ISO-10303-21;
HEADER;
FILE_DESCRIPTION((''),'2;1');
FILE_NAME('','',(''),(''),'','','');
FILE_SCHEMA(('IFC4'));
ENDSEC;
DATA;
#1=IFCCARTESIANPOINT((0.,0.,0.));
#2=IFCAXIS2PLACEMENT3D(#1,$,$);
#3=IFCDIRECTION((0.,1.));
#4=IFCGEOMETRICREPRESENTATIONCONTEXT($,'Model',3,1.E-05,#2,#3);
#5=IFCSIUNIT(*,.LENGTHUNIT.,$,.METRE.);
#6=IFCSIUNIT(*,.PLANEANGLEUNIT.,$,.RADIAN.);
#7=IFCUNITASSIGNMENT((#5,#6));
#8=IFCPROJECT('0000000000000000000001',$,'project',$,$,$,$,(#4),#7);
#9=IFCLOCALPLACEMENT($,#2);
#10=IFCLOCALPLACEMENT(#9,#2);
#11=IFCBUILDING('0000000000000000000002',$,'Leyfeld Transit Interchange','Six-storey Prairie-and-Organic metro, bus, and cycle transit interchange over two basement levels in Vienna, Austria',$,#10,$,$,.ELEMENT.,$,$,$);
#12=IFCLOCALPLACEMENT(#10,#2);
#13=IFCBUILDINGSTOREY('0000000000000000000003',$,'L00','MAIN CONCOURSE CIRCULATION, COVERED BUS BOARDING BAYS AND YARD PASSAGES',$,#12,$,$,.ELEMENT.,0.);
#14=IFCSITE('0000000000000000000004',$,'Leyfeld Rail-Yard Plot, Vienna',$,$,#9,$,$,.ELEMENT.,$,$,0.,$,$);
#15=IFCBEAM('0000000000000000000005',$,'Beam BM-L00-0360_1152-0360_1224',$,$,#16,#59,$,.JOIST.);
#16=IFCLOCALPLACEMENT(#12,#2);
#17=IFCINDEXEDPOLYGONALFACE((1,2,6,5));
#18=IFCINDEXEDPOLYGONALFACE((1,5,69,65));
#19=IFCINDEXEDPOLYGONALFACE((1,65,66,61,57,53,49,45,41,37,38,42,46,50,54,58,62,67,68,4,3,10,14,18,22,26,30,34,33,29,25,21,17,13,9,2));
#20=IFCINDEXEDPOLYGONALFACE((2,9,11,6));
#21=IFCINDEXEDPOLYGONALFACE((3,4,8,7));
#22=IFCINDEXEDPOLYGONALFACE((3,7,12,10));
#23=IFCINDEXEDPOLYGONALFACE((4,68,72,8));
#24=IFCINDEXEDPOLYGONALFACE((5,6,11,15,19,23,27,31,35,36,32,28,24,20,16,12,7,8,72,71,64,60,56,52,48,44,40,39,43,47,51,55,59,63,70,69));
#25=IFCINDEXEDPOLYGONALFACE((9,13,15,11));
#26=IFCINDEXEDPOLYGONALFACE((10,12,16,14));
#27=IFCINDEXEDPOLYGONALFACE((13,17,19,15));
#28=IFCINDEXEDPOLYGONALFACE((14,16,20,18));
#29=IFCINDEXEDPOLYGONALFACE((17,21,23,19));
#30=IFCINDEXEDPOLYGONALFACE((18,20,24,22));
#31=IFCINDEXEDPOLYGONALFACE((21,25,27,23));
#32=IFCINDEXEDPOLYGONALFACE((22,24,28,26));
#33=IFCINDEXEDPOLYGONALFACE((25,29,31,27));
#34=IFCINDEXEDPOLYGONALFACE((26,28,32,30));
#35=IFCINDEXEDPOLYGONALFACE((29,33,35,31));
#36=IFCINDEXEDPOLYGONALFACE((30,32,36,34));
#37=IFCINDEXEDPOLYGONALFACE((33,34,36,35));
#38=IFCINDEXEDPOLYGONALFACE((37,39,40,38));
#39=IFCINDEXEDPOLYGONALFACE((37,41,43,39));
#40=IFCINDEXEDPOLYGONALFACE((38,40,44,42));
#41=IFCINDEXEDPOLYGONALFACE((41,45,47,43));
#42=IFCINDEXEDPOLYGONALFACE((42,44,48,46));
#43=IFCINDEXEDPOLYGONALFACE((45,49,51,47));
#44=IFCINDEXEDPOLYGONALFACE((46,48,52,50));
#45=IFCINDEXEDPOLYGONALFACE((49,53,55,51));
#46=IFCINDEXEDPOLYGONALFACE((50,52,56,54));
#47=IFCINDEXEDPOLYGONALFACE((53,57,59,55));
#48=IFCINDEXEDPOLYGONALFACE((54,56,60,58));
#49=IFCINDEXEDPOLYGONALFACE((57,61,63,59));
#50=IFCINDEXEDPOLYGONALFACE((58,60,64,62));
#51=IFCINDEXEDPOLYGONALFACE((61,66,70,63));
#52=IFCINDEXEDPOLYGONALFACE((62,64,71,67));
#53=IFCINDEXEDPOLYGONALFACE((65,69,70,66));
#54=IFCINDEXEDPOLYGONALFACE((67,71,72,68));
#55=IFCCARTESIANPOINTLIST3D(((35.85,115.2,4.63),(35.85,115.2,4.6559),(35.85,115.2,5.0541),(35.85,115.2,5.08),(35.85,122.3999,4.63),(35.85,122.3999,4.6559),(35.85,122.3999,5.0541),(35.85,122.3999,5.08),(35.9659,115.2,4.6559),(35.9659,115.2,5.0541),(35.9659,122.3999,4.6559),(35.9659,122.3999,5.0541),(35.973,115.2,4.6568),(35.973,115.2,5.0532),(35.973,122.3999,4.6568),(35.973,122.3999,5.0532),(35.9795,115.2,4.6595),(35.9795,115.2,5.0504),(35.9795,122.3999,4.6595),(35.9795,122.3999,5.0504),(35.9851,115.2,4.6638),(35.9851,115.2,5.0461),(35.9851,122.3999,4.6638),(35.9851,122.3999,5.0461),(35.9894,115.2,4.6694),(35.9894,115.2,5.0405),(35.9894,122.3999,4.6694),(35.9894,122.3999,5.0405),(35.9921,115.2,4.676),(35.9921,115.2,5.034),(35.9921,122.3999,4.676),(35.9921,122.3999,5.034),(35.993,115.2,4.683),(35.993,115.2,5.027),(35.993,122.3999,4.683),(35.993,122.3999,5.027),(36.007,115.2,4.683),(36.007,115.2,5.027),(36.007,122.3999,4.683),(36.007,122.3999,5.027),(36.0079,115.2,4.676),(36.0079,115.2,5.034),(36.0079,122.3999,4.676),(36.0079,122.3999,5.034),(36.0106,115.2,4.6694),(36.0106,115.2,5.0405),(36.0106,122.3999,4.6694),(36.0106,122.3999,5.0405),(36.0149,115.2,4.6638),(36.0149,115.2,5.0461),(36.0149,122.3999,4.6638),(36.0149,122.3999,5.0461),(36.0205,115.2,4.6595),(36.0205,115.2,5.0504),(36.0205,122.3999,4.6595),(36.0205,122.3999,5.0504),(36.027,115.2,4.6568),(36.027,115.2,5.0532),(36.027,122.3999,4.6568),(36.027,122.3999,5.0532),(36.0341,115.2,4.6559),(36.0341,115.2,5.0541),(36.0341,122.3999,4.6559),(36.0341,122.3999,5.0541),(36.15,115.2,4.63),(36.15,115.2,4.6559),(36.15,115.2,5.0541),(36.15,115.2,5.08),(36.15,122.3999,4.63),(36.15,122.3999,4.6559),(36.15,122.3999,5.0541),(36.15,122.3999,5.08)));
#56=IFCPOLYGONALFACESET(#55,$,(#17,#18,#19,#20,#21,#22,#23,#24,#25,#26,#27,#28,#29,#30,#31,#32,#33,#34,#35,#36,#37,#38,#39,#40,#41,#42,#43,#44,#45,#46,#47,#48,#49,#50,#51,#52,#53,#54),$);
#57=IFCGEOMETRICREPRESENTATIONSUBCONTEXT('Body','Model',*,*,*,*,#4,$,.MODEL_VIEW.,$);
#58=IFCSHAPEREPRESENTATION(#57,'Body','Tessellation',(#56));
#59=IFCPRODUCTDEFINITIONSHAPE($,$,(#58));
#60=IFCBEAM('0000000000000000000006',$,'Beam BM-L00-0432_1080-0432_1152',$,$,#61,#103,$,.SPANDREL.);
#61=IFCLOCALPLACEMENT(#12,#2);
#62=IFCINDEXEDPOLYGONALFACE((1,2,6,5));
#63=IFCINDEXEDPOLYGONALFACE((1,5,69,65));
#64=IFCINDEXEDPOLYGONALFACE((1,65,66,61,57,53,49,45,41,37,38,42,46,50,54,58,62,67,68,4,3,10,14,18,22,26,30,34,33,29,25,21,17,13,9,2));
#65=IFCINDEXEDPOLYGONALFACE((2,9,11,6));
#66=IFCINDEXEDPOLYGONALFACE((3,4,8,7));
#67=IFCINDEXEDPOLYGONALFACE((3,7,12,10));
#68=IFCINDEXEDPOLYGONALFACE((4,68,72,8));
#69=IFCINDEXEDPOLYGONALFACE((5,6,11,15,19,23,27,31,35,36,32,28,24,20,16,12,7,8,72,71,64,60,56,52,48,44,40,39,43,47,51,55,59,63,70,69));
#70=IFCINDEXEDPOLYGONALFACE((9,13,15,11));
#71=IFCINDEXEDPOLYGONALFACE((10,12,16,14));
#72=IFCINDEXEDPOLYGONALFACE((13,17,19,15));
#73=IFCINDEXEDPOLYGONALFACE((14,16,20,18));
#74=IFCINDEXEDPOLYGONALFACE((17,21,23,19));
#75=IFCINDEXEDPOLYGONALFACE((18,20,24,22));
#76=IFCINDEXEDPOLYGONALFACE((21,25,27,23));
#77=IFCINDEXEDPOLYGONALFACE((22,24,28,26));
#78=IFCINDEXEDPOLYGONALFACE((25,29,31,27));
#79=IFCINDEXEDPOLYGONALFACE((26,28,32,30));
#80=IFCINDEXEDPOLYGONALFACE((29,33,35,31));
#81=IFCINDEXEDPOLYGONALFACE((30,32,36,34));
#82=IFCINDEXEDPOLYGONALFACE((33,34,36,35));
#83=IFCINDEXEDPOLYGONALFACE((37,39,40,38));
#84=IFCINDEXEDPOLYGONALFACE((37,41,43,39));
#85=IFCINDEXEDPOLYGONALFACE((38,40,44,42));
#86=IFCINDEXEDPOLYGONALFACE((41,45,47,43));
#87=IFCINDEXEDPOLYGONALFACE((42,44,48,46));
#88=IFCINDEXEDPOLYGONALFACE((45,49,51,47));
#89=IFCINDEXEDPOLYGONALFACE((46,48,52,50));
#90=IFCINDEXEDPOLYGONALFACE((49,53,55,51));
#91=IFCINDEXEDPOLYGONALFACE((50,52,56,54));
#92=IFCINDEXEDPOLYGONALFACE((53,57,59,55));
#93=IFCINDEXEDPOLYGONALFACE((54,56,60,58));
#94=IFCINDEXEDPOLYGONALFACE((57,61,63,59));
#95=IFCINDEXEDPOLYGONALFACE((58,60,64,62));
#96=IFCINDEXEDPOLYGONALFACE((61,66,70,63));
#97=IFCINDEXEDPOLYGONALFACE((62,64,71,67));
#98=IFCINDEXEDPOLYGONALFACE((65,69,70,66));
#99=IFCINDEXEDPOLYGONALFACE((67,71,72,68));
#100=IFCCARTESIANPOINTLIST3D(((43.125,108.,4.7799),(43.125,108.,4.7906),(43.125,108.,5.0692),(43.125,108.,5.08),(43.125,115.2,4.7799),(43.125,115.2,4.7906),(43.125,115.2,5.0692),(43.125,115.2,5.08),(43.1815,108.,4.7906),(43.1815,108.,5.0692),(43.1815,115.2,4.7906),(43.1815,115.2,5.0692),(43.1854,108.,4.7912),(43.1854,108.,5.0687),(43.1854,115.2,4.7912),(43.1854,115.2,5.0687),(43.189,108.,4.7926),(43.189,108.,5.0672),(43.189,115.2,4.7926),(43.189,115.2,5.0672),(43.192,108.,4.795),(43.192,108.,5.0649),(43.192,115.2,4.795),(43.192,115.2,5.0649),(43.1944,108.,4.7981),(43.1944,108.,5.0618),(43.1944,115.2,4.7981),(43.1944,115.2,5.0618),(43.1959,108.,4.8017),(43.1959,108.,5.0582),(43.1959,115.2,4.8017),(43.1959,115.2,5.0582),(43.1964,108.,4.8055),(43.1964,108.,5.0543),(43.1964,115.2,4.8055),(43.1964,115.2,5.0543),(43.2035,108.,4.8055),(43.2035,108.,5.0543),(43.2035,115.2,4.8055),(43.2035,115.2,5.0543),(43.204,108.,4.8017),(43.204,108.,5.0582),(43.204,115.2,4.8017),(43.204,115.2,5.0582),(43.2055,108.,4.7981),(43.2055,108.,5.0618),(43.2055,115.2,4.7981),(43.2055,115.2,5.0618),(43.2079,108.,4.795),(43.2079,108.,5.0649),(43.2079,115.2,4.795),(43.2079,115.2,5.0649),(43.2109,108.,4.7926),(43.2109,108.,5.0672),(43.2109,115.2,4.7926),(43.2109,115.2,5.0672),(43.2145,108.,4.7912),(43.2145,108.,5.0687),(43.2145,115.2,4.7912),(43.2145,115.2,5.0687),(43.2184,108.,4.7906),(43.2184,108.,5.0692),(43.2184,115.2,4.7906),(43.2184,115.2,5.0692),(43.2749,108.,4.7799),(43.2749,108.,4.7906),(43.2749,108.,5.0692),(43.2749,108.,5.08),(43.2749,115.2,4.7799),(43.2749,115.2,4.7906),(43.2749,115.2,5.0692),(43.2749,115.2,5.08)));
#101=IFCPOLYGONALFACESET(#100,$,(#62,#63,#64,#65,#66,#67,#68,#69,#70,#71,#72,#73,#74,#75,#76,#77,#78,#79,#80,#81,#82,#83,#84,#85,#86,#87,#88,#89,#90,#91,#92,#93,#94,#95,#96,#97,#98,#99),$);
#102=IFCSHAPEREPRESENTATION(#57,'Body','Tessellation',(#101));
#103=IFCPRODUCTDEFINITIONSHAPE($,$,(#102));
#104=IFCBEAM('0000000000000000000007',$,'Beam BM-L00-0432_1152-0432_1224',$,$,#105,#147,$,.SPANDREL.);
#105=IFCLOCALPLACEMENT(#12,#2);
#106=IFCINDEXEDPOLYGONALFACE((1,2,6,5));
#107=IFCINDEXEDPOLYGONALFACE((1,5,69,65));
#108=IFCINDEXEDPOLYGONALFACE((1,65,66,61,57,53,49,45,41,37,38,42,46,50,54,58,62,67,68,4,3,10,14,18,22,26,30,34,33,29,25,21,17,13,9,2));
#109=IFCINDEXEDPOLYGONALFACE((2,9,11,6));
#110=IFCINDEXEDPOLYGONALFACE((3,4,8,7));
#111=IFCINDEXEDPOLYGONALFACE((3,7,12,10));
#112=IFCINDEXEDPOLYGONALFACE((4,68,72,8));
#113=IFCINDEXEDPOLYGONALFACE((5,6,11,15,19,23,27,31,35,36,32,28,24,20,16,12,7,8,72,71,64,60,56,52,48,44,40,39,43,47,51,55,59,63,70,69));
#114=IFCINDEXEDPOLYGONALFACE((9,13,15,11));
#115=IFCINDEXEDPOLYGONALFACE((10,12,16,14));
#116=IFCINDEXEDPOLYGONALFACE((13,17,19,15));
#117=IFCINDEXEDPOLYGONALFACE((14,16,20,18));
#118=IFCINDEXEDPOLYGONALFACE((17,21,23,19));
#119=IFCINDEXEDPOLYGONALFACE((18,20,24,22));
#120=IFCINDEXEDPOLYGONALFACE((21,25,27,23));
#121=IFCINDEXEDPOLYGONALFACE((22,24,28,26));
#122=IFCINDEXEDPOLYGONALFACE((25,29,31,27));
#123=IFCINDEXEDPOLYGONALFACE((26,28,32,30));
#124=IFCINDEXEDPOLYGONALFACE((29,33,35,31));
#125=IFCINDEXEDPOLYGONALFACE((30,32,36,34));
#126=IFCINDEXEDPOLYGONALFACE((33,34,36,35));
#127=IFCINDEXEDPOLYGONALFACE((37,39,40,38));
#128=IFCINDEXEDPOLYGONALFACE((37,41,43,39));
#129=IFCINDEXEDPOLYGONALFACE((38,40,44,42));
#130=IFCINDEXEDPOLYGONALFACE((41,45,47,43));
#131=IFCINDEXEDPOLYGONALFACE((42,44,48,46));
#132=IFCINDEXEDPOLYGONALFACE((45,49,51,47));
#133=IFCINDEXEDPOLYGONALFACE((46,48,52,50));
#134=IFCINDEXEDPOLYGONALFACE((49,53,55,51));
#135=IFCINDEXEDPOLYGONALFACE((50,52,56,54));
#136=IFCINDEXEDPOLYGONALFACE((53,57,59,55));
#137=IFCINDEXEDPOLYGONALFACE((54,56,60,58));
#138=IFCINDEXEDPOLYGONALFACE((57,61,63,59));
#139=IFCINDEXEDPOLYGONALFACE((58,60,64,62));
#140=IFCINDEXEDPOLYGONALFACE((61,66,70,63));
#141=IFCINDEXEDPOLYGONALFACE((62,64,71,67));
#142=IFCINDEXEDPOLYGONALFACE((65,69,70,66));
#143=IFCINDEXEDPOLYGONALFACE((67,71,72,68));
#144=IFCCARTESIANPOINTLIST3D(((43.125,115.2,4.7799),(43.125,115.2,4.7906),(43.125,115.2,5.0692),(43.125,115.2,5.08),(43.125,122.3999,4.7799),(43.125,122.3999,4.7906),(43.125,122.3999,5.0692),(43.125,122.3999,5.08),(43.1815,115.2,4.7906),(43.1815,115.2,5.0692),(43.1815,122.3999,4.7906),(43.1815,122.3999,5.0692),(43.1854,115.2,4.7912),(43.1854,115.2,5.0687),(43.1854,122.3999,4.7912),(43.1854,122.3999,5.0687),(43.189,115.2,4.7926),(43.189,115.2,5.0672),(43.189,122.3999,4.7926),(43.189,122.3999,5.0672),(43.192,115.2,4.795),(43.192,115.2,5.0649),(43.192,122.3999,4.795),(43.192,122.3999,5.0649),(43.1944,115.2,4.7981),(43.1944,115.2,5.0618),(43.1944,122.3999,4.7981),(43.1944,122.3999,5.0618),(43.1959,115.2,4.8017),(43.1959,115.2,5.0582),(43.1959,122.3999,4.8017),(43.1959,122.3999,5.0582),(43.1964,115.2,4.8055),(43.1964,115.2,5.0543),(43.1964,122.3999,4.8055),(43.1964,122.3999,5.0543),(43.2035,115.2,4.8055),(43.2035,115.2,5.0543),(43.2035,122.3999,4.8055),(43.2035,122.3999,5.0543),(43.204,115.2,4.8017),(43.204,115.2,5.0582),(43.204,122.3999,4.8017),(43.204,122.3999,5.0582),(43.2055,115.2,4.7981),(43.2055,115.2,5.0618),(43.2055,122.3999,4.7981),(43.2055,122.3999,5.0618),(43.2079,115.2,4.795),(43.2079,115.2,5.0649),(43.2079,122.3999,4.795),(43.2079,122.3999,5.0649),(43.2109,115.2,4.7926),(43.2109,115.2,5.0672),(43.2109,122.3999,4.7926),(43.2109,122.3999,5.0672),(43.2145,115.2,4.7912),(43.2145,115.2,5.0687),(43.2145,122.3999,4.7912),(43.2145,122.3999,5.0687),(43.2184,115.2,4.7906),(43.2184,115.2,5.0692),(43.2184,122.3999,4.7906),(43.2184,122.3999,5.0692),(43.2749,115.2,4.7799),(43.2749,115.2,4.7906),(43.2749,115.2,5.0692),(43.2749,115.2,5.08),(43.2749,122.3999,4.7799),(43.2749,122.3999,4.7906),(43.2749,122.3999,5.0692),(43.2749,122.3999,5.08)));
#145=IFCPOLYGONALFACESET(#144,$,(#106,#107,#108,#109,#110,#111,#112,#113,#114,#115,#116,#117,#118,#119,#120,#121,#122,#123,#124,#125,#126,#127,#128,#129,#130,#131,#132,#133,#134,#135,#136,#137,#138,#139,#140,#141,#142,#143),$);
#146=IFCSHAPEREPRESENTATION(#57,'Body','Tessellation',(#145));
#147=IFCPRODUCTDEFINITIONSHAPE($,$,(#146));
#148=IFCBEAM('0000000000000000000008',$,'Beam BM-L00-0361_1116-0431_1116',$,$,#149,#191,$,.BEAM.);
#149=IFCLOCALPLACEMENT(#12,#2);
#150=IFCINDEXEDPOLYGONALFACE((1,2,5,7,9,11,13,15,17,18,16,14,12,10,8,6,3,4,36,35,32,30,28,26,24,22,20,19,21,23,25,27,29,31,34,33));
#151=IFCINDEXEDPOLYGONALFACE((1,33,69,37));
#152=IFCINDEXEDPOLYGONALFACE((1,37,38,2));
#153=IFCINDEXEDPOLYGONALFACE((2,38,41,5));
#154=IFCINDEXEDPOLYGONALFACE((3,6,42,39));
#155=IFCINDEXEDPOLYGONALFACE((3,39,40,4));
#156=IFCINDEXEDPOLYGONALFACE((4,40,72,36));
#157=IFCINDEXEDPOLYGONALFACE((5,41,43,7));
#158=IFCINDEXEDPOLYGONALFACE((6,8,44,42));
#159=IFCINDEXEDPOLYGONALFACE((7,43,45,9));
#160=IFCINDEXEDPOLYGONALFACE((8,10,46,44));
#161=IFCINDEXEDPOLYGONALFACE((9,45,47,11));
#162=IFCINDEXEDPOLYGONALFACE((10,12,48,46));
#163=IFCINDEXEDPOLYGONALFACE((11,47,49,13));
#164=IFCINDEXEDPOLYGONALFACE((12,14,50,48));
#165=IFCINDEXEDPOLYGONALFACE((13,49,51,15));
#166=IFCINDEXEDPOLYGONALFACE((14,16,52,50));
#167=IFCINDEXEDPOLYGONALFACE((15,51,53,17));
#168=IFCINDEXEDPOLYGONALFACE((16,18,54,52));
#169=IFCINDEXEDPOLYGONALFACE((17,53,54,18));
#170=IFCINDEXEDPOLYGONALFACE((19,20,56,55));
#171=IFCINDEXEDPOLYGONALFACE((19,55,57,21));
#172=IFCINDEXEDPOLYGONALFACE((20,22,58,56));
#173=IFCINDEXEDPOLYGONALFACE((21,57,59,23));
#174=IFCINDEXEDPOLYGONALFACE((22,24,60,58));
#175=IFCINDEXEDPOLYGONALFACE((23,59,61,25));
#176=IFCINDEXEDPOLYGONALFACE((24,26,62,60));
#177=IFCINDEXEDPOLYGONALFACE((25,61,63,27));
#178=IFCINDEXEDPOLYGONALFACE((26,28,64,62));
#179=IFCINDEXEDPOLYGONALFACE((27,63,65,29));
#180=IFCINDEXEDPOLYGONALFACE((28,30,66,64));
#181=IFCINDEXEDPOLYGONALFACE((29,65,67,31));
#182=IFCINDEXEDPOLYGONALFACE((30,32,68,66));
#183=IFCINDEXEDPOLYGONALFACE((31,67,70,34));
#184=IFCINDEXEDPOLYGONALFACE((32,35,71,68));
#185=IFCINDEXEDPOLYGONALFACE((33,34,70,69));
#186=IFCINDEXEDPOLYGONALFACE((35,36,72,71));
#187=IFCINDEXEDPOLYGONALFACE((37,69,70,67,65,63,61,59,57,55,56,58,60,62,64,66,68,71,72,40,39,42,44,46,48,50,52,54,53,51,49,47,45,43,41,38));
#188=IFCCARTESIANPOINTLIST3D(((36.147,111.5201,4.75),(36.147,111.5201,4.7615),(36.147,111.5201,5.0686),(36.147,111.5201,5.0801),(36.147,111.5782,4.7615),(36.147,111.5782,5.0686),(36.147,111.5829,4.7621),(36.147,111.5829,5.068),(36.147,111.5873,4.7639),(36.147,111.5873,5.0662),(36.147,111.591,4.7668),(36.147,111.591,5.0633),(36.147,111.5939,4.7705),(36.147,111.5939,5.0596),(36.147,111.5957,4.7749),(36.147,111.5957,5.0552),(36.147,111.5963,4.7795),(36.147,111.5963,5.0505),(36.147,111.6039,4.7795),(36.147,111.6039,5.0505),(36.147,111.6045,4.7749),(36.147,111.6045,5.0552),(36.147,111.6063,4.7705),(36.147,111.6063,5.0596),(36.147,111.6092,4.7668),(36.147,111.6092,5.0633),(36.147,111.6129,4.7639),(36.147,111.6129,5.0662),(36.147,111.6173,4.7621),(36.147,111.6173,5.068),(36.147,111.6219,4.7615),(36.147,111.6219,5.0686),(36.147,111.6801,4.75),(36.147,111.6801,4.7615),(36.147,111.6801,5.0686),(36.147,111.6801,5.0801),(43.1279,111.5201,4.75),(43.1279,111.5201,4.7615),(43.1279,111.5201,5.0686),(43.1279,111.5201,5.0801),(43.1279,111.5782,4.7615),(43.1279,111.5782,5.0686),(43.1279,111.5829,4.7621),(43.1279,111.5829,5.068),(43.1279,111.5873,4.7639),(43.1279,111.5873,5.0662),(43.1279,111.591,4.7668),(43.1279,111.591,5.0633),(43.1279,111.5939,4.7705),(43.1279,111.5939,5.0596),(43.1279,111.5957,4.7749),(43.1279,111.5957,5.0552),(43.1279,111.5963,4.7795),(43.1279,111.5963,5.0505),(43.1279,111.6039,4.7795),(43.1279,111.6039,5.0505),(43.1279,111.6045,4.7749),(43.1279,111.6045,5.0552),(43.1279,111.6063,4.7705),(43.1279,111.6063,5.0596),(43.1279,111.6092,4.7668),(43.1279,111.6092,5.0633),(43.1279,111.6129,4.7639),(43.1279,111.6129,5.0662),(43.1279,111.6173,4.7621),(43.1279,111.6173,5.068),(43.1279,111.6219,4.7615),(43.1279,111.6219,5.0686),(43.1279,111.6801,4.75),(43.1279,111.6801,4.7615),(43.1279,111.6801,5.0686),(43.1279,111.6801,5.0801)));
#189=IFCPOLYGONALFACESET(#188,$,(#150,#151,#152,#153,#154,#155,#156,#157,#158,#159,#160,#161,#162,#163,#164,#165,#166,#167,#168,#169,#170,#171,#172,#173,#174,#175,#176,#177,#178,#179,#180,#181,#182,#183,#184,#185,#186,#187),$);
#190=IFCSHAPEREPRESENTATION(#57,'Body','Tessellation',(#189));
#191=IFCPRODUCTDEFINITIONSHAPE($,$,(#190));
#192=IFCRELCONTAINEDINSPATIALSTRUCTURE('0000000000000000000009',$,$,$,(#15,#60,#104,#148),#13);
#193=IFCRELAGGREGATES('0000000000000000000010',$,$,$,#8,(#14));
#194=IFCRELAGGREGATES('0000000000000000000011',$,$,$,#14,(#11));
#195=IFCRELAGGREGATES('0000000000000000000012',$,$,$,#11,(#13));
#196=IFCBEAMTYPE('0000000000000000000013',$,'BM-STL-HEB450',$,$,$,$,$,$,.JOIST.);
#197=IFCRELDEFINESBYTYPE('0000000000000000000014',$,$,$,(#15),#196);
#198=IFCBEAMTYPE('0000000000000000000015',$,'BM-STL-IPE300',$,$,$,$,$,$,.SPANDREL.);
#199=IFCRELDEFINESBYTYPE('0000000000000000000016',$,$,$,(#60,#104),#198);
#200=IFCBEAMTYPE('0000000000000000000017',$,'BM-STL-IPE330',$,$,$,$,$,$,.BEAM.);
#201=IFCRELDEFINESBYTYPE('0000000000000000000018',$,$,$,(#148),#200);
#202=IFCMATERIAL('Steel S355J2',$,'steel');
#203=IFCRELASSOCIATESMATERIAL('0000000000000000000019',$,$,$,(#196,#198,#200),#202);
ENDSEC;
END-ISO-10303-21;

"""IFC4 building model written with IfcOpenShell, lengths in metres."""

from ifc_helpers import new_model, si_unit, direction, frame, origin, origin_2d, place, context, subcontext, project, spatial, i_section, extrude, material, material_profile, profile_set, type_object, element, save


model = new_model("IFC4")

# Units and contexts
model_context = context("Model", 3, precision=1e-05, world=origin(), true_north=direction((0.0, 1.0)))
body_context = subcontext(model_context, "Body", "Model", "MODEL_VIEW")
ifc_project = project(units=[si_unit("LENGTHUNIT", "METRE"), si_unit("PLANEANGLEUNIT", "RADIAN")], contexts=[model_context])

# Site, building, storey
site_placement = place(None, origin())
site = spatial("IfcSite", under=ifc_project, at=site_placement, Name="Leyfeld Rail-Yard Plot, Vienna", CompositionType="ELEMENT", RefElevation=0.0)
building_placement = place(site_placement, origin())
building = spatial("IfcBuilding", under=site, at=building_placement, Name="Leyfeld Transit Interchange", Description="Six-storey Prairie-and-Organic metro, bus, and cycle transit interchange over two basement levels in Vienna, Austria", CompositionType="ELEMENT")
storey_placement = place(building_placement, origin())
storey = spatial("IfcBuildingStorey", under=building, at=storey_placement, Name="L00", Description="MAIN CONCOURSE CIRCULATION, COVERED BUS BOARDING BAYS AND YARD PASSAGES", CompositionType="ELEMENT", Elevation=0.0)

# Beams
ifc_material_1 = material(Name="Steel S355J2", Category="steel")
ifc_material_profile_1 = material_profile(ifc_material_1, i_section(OverallWidth=0.3, OverallDepth=0.45, WebThickness=0.0139, FlangeThickness=0.0259, FilletRadius=0.0271, at=origin_2d()), Name="HEB 450")
ifc_profile_set_1 = profile_set([ifc_material_profile_1], Name="Steel S355J2")
beam_type_1 = type_object("IfcBeamType", Name="BM-STL-HEB450", PredefinedType="JOIST", material=ifc_profile_set_1)
beam_1_placement = place(storey_placement, frame((36.0, 115.2, 4.855), z_axis=(0.0, 1.0, 0.0), x_axis=(-1.0, 0.0, 0.0)))
element("IfcBeam", 1, at=beam_1_placement, inside=storey, type_object=beam_type_1, Name="Beam BM-L00-0360_1152-0360_1224", PredefinedType="JOIST", context=body_context, shape_type="SweptSolid", body=[
    extrude(i_section(OverallWidth=0.3, OverallDepth=0.45, WebThickness=0.0139, FlangeThickness=0.0259, FilletRadius=0.0271, at=origin_2d()), origin(), (0.0, 0.0, 1.0), 7.2),
])
ifc_material_profile_2 = material_profile(ifc_material_1, i_section(OverallWidth=0.1499, OverallDepth=0.3, WebThickness=0.0071, FlangeThickness=0.0107, FilletRadius=0.0149, at=origin_2d()), Name="IPE 300")
ifc_profile_set_2 = profile_set([ifc_material_profile_2], Name="Steel S355J2")
beam_type_2 = type_object("IfcBeamType", Name="BM-STL-IPE300", PredefinedType="SPANDREL", material=ifc_profile_set_2)
for number, where, z_axis, x_axis, name in (
    (2, (43.2, 108.0, 4.9299), (0.0, 1.0, 0.0), (-1.0, 0.0, 0.0), "Beam BM-L00-0432_1080-0432_1152"),
    (3, (43.2, 115.2, 4.9299), (0.0, 1.0, 0.0), (-1.0, 0.0, 0.0), "Beam BM-L00-0432_1152-0432_1224"),
):
    element("IfcBeam", number, at=place(storey_placement, frame(where, z_axis=z_axis, x_axis=x_axis)), inside=storey, type_object=beam_type_2, Name=name, PredefinedType="SPANDREL", context=body_context, shape_type="SweptSolid", body=[
        extrude(i_section(OverallWidth=0.1499, OverallDepth=0.3, WebThickness=0.0071, FlangeThickness=0.0107, FilletRadius=0.0149, at=origin_2d()), origin(), (0.0, 0.0, 1.0), 7.2),
    ])
ifc_material_profile_3 = material_profile(ifc_material_1, i_section(OverallWidth=0.1599, OverallDepth=0.3301, WebThickness=0.0076, FlangeThickness=0.0115, FilletRadius=0.0181, at=origin_2d()), Name="IPE 330")
ifc_profile_set_3 = profile_set([ifc_material_profile_3], Name="Steel S355J2")
beam_type_3 = type_object("IfcBeamType", Name="BM-STL-IPE330", PredefinedType="BEAM", material=ifc_profile_set_3)
beam_2_placement = place(storey_placement, frame((36.147, 111.6001, 4.915), z_axis=(1.0, 0.0, 0.0), x_axis=(0.0, 1.0, 0.0)))
element("IfcBeam", 4, at=beam_2_placement, inside=storey, type_object=beam_type_3, Name="Beam BM-L00-0361_1116-0431_1116", PredefinedType="BEAM", context=body_context, shape_type="SweptSolid", body=[
    extrude(i_section(OverallWidth=0.1599, OverallDepth=0.3301, WebThickness=0.0076, FlangeThickness=0.0115, FilletRadius=0.0181, at=origin_2d()), origin(), (0.0, 0.0, 1.0), 6.981),
])

save(model, "model.ifc")
